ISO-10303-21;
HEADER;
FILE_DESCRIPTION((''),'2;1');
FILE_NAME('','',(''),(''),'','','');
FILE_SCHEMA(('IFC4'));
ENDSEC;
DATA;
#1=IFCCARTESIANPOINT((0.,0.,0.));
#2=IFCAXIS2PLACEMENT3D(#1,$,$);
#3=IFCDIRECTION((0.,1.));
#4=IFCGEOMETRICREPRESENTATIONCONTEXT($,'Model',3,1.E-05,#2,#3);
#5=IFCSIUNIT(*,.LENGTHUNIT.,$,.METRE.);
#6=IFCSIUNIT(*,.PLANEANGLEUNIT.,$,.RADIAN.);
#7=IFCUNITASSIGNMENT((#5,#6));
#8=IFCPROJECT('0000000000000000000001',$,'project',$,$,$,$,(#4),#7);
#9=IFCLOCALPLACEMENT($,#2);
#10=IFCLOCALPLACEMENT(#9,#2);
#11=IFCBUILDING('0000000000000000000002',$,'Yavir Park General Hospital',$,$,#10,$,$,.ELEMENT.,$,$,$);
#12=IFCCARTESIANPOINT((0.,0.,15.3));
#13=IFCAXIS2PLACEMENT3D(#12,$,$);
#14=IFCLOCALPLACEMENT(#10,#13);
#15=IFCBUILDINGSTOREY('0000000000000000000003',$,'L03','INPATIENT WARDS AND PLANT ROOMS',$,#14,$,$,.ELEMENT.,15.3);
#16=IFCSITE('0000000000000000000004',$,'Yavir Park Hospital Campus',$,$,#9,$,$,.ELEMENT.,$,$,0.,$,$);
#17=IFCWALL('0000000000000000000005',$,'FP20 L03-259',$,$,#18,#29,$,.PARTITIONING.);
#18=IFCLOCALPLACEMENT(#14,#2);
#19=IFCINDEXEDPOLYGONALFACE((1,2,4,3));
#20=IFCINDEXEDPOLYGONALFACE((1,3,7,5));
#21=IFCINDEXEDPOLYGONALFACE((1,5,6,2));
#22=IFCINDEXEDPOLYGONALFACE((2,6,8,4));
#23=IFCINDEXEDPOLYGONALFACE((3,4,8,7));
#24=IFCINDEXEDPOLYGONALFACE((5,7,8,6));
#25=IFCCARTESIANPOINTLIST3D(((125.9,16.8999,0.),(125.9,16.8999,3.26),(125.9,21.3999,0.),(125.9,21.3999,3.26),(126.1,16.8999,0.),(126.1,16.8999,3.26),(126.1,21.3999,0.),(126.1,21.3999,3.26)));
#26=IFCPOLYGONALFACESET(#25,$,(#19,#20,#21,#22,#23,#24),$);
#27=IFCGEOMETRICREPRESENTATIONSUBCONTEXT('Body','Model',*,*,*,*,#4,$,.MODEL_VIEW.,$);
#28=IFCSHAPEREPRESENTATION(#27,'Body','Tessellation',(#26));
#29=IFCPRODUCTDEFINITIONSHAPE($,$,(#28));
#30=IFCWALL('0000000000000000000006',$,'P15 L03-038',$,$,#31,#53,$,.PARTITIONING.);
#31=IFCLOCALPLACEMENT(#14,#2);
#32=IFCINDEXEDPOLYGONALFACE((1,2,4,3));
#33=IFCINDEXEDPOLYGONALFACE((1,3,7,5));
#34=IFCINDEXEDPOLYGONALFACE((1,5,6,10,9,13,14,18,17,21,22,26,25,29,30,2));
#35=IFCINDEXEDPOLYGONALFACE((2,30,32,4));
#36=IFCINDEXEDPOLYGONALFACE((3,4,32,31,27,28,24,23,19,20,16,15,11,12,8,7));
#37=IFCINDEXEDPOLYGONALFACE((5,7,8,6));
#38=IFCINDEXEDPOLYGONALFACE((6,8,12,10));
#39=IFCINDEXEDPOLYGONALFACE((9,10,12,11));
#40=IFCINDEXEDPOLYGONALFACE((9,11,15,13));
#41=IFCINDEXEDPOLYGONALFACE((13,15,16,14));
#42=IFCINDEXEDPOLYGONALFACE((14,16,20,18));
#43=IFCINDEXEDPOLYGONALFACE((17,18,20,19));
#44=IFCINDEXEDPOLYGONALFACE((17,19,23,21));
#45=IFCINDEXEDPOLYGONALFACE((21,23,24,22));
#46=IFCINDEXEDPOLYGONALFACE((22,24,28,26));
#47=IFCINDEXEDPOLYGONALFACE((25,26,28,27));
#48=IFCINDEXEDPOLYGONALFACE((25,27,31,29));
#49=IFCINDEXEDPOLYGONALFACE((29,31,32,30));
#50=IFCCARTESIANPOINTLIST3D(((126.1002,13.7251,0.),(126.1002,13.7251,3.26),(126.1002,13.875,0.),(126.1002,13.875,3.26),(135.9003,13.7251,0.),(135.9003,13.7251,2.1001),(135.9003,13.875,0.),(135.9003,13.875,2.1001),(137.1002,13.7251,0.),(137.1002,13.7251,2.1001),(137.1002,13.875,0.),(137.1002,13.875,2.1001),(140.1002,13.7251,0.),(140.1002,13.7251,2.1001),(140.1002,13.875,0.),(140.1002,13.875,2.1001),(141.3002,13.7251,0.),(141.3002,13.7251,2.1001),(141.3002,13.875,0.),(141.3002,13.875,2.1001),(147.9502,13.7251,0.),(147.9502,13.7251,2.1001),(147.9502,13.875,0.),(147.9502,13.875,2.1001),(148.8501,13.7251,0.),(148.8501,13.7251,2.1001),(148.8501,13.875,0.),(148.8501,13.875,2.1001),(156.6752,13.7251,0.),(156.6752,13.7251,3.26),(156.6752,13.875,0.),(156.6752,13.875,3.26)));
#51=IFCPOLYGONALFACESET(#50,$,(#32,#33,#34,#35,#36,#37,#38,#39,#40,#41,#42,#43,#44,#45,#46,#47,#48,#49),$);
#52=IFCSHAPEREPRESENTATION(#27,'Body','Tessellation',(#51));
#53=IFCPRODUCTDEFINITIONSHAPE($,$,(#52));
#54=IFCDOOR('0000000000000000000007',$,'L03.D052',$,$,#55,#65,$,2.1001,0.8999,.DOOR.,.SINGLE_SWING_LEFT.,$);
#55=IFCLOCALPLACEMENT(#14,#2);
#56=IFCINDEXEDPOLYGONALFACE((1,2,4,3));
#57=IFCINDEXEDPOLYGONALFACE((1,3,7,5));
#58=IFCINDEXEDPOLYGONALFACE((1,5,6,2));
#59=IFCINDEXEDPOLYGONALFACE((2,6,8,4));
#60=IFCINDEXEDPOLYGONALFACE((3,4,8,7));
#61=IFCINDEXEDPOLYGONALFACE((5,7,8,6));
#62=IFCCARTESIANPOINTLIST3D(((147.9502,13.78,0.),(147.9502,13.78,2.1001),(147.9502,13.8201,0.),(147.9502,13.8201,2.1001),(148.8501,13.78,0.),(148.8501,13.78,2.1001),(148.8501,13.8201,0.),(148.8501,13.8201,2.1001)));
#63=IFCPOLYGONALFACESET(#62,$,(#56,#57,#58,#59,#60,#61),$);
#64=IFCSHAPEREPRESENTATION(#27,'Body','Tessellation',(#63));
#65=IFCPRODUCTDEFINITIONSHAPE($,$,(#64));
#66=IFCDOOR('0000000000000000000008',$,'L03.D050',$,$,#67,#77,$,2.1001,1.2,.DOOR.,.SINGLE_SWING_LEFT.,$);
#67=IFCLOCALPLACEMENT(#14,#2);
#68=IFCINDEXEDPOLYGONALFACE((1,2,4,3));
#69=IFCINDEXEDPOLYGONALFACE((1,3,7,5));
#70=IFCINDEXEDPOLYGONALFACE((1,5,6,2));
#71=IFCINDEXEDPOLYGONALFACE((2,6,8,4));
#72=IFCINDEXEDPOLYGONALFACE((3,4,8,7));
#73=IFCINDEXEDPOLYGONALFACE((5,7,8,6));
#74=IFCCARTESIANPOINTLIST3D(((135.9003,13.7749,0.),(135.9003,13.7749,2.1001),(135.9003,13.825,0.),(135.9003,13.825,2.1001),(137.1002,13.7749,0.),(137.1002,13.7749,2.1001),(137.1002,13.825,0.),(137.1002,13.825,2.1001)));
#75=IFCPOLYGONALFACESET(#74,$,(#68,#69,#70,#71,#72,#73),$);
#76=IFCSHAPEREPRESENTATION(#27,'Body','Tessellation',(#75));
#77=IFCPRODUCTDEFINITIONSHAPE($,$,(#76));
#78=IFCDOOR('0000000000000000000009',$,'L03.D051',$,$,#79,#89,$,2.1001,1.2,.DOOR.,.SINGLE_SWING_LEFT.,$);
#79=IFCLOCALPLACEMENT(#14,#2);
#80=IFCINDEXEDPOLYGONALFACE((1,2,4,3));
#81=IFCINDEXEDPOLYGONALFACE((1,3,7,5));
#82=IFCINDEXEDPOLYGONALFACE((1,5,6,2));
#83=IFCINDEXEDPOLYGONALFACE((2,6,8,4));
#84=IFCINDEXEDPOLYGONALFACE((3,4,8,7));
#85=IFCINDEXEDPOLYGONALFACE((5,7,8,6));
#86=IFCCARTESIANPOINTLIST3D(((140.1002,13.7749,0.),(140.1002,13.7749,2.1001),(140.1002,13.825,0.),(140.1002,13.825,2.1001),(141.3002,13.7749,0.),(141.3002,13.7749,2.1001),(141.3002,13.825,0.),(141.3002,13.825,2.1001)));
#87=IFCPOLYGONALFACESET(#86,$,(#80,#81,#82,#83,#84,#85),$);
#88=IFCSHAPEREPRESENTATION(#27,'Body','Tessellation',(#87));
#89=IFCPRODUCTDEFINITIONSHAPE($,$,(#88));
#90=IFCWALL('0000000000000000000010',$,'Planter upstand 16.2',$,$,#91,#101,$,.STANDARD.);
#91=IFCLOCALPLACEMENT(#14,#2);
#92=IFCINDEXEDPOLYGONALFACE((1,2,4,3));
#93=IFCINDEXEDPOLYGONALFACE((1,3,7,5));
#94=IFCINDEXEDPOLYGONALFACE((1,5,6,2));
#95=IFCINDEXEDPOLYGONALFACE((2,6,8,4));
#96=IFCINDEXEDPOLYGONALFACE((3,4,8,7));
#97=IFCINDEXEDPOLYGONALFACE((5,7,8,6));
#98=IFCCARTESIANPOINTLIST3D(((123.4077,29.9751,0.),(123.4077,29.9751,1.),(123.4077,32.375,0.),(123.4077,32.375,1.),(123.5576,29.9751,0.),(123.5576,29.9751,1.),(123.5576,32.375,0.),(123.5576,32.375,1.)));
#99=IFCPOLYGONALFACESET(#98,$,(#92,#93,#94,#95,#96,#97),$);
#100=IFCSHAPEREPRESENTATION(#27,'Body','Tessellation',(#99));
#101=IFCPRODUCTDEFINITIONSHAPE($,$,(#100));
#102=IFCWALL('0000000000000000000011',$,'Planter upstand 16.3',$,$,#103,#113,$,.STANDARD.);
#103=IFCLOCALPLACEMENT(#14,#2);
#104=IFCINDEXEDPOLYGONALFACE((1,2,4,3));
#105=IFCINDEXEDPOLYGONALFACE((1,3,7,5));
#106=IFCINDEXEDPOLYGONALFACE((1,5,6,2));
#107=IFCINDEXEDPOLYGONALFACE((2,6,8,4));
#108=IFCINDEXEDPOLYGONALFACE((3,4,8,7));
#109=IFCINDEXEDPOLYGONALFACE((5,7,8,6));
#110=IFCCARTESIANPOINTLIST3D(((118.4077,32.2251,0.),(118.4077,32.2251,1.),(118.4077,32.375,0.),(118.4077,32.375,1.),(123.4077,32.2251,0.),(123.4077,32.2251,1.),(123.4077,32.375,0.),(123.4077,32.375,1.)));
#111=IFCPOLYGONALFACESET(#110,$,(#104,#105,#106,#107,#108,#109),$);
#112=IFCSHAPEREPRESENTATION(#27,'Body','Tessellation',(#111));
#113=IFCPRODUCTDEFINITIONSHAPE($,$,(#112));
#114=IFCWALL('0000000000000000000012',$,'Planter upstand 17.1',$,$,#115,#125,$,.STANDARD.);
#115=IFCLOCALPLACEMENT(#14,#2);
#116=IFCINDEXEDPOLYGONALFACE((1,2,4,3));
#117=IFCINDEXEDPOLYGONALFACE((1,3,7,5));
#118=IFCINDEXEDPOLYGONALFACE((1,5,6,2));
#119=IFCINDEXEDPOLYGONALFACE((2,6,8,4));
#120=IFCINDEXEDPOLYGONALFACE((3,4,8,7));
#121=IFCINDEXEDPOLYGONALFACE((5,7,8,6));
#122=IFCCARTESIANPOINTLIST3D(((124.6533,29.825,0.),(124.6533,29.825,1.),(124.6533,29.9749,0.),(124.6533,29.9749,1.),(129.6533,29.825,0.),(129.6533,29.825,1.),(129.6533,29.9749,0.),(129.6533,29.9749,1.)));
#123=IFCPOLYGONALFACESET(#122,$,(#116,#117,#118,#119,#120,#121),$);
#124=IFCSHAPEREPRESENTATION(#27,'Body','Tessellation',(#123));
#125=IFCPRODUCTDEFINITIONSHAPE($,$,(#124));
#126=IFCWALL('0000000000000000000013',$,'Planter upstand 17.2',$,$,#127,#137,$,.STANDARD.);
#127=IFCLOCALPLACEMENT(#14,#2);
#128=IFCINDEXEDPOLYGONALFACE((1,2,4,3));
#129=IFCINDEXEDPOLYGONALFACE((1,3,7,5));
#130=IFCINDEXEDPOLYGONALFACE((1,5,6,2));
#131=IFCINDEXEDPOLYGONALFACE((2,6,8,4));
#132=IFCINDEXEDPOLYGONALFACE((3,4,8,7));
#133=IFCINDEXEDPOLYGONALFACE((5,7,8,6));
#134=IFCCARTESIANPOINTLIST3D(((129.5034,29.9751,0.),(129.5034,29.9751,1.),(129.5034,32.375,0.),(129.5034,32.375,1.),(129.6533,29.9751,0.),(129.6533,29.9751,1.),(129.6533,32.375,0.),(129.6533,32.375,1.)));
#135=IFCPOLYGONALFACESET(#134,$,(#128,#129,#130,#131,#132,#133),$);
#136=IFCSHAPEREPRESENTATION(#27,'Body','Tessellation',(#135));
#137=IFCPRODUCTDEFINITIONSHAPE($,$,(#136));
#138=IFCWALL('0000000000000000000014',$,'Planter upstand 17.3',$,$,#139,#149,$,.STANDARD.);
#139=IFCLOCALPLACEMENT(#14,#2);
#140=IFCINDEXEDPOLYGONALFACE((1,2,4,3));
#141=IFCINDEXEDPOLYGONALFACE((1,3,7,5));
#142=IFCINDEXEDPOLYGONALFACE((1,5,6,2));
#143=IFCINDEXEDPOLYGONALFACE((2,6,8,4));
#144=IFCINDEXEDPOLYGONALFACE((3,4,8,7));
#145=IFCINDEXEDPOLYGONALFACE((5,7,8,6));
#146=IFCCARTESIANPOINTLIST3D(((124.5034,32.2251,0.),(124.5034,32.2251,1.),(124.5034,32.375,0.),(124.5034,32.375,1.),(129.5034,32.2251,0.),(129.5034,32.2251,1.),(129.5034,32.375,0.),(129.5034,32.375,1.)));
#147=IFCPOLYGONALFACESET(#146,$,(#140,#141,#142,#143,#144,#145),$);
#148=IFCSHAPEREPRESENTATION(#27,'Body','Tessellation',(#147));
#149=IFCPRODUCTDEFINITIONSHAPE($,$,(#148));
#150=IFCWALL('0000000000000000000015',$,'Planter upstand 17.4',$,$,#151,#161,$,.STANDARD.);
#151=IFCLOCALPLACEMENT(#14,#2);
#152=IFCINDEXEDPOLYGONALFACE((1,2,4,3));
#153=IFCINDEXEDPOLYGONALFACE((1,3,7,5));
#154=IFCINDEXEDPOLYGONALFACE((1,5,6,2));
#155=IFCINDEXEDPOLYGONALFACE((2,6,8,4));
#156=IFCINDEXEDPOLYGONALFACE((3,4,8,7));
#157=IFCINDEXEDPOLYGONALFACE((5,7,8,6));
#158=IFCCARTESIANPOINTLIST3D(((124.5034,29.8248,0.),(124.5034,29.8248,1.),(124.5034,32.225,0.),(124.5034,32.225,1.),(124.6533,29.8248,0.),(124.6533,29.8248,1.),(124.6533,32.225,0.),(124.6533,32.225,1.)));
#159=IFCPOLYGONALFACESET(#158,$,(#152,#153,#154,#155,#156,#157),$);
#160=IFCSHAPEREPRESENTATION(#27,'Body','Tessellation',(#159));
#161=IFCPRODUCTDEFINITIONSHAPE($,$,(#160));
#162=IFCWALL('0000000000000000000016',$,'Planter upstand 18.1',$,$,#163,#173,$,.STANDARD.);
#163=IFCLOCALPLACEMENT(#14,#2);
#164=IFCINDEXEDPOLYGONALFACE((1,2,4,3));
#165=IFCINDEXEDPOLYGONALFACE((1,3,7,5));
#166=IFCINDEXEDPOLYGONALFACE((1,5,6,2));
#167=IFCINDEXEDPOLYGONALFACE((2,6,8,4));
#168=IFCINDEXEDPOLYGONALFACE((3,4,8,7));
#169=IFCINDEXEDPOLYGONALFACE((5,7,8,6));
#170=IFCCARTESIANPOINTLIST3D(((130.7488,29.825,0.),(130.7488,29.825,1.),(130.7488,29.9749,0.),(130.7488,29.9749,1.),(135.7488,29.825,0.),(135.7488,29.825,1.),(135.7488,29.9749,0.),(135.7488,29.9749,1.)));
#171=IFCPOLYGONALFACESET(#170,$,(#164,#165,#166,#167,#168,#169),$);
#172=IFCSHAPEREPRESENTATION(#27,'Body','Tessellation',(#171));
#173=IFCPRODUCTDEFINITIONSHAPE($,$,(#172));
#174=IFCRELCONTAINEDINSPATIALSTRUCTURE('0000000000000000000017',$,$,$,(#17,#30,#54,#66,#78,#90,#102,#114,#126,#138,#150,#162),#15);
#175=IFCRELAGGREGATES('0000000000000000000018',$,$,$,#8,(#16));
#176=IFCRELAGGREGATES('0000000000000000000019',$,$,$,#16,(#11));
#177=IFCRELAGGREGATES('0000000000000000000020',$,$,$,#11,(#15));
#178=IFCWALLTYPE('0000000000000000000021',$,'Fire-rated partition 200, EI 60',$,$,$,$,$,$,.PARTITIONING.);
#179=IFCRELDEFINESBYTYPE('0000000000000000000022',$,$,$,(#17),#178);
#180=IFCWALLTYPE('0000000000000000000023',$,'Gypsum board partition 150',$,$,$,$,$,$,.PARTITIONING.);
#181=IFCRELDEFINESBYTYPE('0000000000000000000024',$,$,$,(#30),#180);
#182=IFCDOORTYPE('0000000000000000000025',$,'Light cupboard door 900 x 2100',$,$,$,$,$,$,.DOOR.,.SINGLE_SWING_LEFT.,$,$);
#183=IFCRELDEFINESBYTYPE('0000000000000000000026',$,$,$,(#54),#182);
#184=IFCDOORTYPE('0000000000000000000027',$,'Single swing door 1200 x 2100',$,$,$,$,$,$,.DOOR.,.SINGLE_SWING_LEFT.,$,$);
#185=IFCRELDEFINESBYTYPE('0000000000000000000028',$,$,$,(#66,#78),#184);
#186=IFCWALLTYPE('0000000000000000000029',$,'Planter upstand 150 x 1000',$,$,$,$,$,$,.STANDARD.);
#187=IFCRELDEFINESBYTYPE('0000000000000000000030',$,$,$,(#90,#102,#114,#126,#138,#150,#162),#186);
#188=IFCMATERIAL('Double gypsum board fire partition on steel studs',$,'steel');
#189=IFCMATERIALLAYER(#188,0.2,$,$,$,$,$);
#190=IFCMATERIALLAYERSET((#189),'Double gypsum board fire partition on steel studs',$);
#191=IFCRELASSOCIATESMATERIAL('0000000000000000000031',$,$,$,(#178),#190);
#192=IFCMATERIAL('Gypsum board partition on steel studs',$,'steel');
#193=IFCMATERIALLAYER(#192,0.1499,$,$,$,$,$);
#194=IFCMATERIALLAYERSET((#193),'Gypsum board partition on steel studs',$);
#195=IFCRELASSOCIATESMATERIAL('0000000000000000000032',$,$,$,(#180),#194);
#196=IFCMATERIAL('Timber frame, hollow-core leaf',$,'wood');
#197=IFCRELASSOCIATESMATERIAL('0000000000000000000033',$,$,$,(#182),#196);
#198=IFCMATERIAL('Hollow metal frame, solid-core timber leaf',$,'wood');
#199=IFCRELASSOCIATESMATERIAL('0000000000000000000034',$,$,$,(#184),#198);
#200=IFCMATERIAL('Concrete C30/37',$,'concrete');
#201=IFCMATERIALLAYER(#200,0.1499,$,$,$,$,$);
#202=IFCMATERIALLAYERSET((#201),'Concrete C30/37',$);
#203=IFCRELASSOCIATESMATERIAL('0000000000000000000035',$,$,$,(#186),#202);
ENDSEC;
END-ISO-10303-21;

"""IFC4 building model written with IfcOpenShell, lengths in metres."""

from ifc_helpers import new_model, si_unit, direction, frame, frame_2d, origin, place, context, subcontext, project, spatial, rectangle, extrude, material, layer, layer_set, type_object, element, fill, save


model = new_model("IFC4")

# Units and contexts
model_context = context("Model", 3, precision=1e-05, world=origin(), true_north=direction((0.0, 1.0)))
body_context = subcontext(model_context, "Body", "Model", "MODEL_VIEW")
ifc_project = project(units=[si_unit("LENGTHUNIT", "METRE"), si_unit("PLANEANGLEUNIT", "RADIAN")], contexts=[model_context])

# Site, building, storey
site_placement = place(None, origin())
site = spatial("IfcSite", under=ifc_project, at=site_placement, Name="Yavir Park Hospital Campus", CompositionType="ELEMENT", RefElevation=0.0)
building_placement = place(site_placement, origin())
building = spatial("IfcBuilding", under=site, at=building_placement, Name="Yavir Park General Hospital", CompositionType="ELEMENT")
storey_placement = place(building_placement, frame((0.0, 0.0, 15.3)))
storey = spatial("IfcBuildingStorey", under=building, at=storey_placement, Name="L03", Description="INPATIENT WARDS AND PLANT ROOMS", CompositionType="ELEMENT", Elevation=15.3)

# Wall
ifc_material_1 = material(Name="Double gypsum board fire partition on steel studs", Category="steel")
ifc_layer_1 = layer(ifc_material_1, 0.2)
ifc_layer_set_1 = layer_set([ifc_layer_1], Name="Double gypsum board fire partition on steel studs")
wall_type_1 = type_object("IfcWallType", Name="Fire-rated partition 200, EI 60", PredefinedType="PARTITIONING", material=ifc_layer_set_1)
wall_1_placement = place(storey_placement, frame((126.0, 16.8999, 0.0), z_axis=(0.0, 0.0, 1.0), x_axis=(0.0, 1.0, 0.0)))
element("IfcWall", 1, at=wall_1_placement, inside=storey, type_object=wall_type_1, Name="FP20 L03-259", PredefinedType="PARTITIONING", context=body_context, shape_type="SweptSolid", body=[
    extrude(rectangle(XDim=4.5, YDim=0.2, at=frame_2d((2.25, 0.0))), origin(), (0.0, 0.0, 1.0), 3.26),
])

# Wall, openings, doors
ifc_material_2 = material(Name="Gypsum board partition on steel studs", Category="steel")
ifc_layer_2 = layer(ifc_material_2, 0.1499)
ifc_layer_set_2 = layer_set([ifc_layer_2], Name="Gypsum board partition on steel studs")
wall_type_2 = type_object("IfcWallType", Name="Gypsum board partition 150", PredefinedType="PARTITIONING", material=ifc_layer_set_2)
wall_2_placement = place(storey_placement, frame((126.1001, 13.8, 0.0), z_axis=(0.0, 0.0, 1.0), x_axis=(1.0, 0.0, 0.0)))
wall_2 = element("IfcWall", 2, at=wall_2_placement, inside=storey, type_object=wall_type_2, Name="P15 L03-038", PredefinedType="PARTITIONING", context=body_context, shape_type="SweptSolid", body=[
    extrude(rectangle(XDim=30.575, YDim=0.1499, at=frame_2d((15.2876, 0.0))), origin(), (0.0, 0.0, 1.0), 3.26),
])
opening_1_placement = place(wall_2_placement, frame((9.8, 0.0, 0.0)))
opening_1 = element("IfcOpeningElement", 3, at=opening_1_placement, cuts=wall_2, PredefinedType="OPENING", context=body_context, shape_type="SweptSolid", body=[
    extrude(rectangle(XDim=1.2, YDim=2.1001, at=frame_2d((0.6001, 1.05))), frame((0.0, 0.085, 0.0), z_axis=(0.0, -1.0, 0.0), x_axis=(1.0, 0.0, 0.0)), (0.0, 0.0, 1.0), 0.1699),
])
opening_2_placement = place(wall_2_placement, frame((14.0, 0.0, 0.0)))
opening_2 = element("IfcOpeningElement", 4, at=opening_2_placement, cuts=wall_2, PredefinedType="OPENING", context=body_context, shape_type="SweptSolid", body=[
    extrude(rectangle(XDim=1.2, YDim=2.1001, at=frame_2d((0.6001, 1.05))), frame((0.0, 0.085, 0.0), z_axis=(0.0, -1.0, 0.0), x_axis=(1.0, 0.0, 0.0)), (0.0, 0.0, 1.0), 0.1699),
])
opening_3_placement = place(wall_2_placement, frame((21.8501, 0.0, 0.0)))
opening_3 = element("IfcOpeningElement", 5, at=opening_3_placement, cuts=wall_2, PredefinedType="OPENING", context=body_context, shape_type="SweptSolid", body=[
    extrude(rectangle(XDim=0.8999, YDim=2.1001, at=frame_2d((0.45, 1.05))), frame((0.0, 0.085, 0.0), z_axis=(0.0, -1.0, 0.0), x_axis=(1.0, 0.0, 0.0)), (0.0, 0.0, 1.0), 0.1699),
])
ifc_material_3 = material(Name="Timber frame, hollow-core leaf", Category="wood")
door_type_1 = type_object("IfcDoorType", Name="Light cupboard door 900 x 2100", OperationType="SINGLE_SWING_LEFT", PredefinedType="DOOR", material=ifc_material_3)
door_1_placement = place(opening_3_placement, origin())
door_1 = element("IfcDoor", 6, at=door_1_placement, inside=storey, type_object=door_type_1, Name="L03.D052", OperationType="SINGLE_SWING_LEFT", OverallHeight=2.1001, OverallWidth=0.8999, PredefinedType="DOOR", context=body_context, shape_type="SweptSolid", body=[
    extrude(rectangle(XDim=0.8999, YDim=2.1001, at=frame_2d((0.45, 1.05))), frame((0.0, 0.02, 0.0), z_axis=(0.0, -1.0, 0.0), x_axis=(1.0, 0.0, 0.0)), (0.0, 0.0, 1.0), 0.04),
])
fill(opening_3, door_1)
ifc_material_4 = material(Name="Hollow metal frame, solid-core timber leaf", Category="wood")
door_type_2 = type_object("IfcDoorType", Name="Single swing door 1200 x 2100", OperationType="SINGLE_SWING_LEFT", PredefinedType="DOOR", material=ifc_material_4)
door_2_placement = place(opening_1_placement, origin())
door_2 = element("IfcDoor", 7, at=door_2_placement, inside=storey, type_object=door_type_2, Name="L03.D050", OperationType="SINGLE_SWING_LEFT", OverallHeight=2.1001, OverallWidth=1.2, PredefinedType="DOOR", context=body_context, shape_type="SweptSolid", body=[
    extrude(rectangle(XDim=1.2, YDim=2.1001, at=frame_2d((0.6001, 1.05))), frame((0.0, 0.0249, 0.0), z_axis=(0.0, -1.0, 0.0), x_axis=(1.0, 0.0, 0.0)), (0.0, 0.0, 1.0), 0.05),
])
fill(opening_1, door_2)
door_3_placement = place(opening_2_placement, origin())
door_3 = element("IfcDoor", 8, at=door_3_placement, inside=storey, type_object=door_type_2, Name="L03.D051", OperationType="SINGLE_SWING_LEFT", OverallHeight=2.1001, OverallWidth=1.2, PredefinedType="DOOR", context=body_context, shape_type="SweptSolid", body=[
    extrude(rectangle(XDim=1.2, YDim=2.1001, at=frame_2d((0.6001, 1.05))), frame((0.0, 0.0249, 0.0), z_axis=(0.0, -1.0, 0.0), x_axis=(1.0, 0.0, 0.0)), (0.0, 0.0, 1.0), 0.05),
])
fill(opening_2, door_3)

# Walls
ifc_material_5 = material(Name="Concrete C30/37", Category="concrete")
ifc_layer_3 = layer(ifc_material_5, 0.1499)
ifc_layer_set_3 = layer_set([ifc_layer_3], Name="Concrete C30/37")
wall_type_3 = type_object("IfcWallType", Name="Planter upstand 150 x 1000", PredefinedType="STANDARD", material=ifc_layer_set_3)
wall_3_placement = place(storey_placement, frame((123.4827, 29.9751, 0.0), z_axis=(0.0, 0.0, 1.0), x_axis=(0.0, 1.0, 0.0)))
element("IfcWall", 9, at=wall_3_placement, inside=storey, type_object=wall_type_3, Name="Planter upstand 16.2", PredefinedType="STANDARD", context=body_context, shape_type="SweptSolid", body=[
    extrude(rectangle(XDim=2.3999, YDim=0.1499, at=frame_2d((1.2, 0.0))), origin(), (0.0, 0.0, 1.0), 1.0),
])
for number, where, z_axis, x_axis, name in (
    (10, (123.4077, 32.3, 0.0), (0.0, 0.0, 1.0), (-1.0, 0.0, 0.0), "Planter upstand 16.3"),
    (11, (124.6533, 29.8999, 0.0), (0.0, 0.0, 1.0), (1.0, 0.0, 0.0), "Planter upstand 17.1"),
):
    element("IfcWall", number, at=place(storey_placement, frame(where, z_axis=z_axis, x_axis=x_axis)), inside=storey, type_object=wall_type_3, Name=name, PredefinedType="STANDARD", context=body_context, shape_type="SweptSolid", body=[
        extrude(rectangle(XDim=5.0, YDim=0.1499, at=frame_2d((2.5, 0.0))), origin(), (0.0, 0.0, 1.0), 1.0),
    ])
wall_4_placement = place(storey_placement, frame((129.5784, 29.9751, 0.0), z_axis=(0.0, 0.0, 1.0), x_axis=(0.0, 1.0, 0.0)))
element("IfcWall", 12, at=wall_4_placement, inside=storey, type_object=wall_type_3, Name="Planter upstand 17.2", PredefinedType="STANDARD", context=body_context, shape_type="SweptSolid", body=[
    extrude(rectangle(XDim=2.3999, YDim=0.1499, at=frame_2d((1.2, 0.0))), origin(), (0.0, 0.0, 1.0), 1.0),
])
wall_5_placement = place(storey_placement, frame((129.5034, 32.3, 0.0), z_axis=(0.0, 0.0, 1.0), x_axis=(-1.0, 0.0, 0.0)))
element("IfcWall", 13, at=wall_5_placement, inside=storey, type_object=wall_type_3, Name="Planter upstand 17.3", PredefinedType="STANDARD", context=body_context, shape_type="SweptSolid", body=[
    extrude(rectangle(XDim=5.0, YDim=0.1499, at=frame_2d((2.5, 0.0))), origin(), (0.0, 0.0, 1.0), 1.0),
])
wall_6_placement = place(storey_placement, frame((124.5784, 32.2251, 0.0), z_axis=(0.0, 0.0, 1.0), x_axis=(0.0, -1.0, 0.0)))
element("IfcWall", 14, at=wall_6_placement, inside=storey, type_object=wall_type_3, Name="Planter upstand 17.4", PredefinedType="STANDARD", context=body_context, shape_type="SweptSolid", body=[
    extrude(rectangle(XDim=2.4001, YDim=0.1499, at=frame_2d((1.2002, 0.0))), origin(), (0.0, 0.0, 1.0), 1.0),
])
wall_7_placement = place(storey_placement, frame((130.7488, 29.8999, 0.0), z_axis=(0.0, 0.0, 1.0), x_axis=(1.0, 0.0, 0.0)))
element("IfcWall", 15, at=wall_7_placement, inside=storey, type_object=wall_type_3, Name="Planter upstand 18.1", PredefinedType="STANDARD", context=body_context, shape_type="SweptSolid", body=[
    extrude(rectangle(XDim=5.0, YDim=0.1499, at=frame_2d((2.5, 0.0))), origin(), (0.0, 0.0, 1.0), 1.0),
])

save(model, "model.ifc")
